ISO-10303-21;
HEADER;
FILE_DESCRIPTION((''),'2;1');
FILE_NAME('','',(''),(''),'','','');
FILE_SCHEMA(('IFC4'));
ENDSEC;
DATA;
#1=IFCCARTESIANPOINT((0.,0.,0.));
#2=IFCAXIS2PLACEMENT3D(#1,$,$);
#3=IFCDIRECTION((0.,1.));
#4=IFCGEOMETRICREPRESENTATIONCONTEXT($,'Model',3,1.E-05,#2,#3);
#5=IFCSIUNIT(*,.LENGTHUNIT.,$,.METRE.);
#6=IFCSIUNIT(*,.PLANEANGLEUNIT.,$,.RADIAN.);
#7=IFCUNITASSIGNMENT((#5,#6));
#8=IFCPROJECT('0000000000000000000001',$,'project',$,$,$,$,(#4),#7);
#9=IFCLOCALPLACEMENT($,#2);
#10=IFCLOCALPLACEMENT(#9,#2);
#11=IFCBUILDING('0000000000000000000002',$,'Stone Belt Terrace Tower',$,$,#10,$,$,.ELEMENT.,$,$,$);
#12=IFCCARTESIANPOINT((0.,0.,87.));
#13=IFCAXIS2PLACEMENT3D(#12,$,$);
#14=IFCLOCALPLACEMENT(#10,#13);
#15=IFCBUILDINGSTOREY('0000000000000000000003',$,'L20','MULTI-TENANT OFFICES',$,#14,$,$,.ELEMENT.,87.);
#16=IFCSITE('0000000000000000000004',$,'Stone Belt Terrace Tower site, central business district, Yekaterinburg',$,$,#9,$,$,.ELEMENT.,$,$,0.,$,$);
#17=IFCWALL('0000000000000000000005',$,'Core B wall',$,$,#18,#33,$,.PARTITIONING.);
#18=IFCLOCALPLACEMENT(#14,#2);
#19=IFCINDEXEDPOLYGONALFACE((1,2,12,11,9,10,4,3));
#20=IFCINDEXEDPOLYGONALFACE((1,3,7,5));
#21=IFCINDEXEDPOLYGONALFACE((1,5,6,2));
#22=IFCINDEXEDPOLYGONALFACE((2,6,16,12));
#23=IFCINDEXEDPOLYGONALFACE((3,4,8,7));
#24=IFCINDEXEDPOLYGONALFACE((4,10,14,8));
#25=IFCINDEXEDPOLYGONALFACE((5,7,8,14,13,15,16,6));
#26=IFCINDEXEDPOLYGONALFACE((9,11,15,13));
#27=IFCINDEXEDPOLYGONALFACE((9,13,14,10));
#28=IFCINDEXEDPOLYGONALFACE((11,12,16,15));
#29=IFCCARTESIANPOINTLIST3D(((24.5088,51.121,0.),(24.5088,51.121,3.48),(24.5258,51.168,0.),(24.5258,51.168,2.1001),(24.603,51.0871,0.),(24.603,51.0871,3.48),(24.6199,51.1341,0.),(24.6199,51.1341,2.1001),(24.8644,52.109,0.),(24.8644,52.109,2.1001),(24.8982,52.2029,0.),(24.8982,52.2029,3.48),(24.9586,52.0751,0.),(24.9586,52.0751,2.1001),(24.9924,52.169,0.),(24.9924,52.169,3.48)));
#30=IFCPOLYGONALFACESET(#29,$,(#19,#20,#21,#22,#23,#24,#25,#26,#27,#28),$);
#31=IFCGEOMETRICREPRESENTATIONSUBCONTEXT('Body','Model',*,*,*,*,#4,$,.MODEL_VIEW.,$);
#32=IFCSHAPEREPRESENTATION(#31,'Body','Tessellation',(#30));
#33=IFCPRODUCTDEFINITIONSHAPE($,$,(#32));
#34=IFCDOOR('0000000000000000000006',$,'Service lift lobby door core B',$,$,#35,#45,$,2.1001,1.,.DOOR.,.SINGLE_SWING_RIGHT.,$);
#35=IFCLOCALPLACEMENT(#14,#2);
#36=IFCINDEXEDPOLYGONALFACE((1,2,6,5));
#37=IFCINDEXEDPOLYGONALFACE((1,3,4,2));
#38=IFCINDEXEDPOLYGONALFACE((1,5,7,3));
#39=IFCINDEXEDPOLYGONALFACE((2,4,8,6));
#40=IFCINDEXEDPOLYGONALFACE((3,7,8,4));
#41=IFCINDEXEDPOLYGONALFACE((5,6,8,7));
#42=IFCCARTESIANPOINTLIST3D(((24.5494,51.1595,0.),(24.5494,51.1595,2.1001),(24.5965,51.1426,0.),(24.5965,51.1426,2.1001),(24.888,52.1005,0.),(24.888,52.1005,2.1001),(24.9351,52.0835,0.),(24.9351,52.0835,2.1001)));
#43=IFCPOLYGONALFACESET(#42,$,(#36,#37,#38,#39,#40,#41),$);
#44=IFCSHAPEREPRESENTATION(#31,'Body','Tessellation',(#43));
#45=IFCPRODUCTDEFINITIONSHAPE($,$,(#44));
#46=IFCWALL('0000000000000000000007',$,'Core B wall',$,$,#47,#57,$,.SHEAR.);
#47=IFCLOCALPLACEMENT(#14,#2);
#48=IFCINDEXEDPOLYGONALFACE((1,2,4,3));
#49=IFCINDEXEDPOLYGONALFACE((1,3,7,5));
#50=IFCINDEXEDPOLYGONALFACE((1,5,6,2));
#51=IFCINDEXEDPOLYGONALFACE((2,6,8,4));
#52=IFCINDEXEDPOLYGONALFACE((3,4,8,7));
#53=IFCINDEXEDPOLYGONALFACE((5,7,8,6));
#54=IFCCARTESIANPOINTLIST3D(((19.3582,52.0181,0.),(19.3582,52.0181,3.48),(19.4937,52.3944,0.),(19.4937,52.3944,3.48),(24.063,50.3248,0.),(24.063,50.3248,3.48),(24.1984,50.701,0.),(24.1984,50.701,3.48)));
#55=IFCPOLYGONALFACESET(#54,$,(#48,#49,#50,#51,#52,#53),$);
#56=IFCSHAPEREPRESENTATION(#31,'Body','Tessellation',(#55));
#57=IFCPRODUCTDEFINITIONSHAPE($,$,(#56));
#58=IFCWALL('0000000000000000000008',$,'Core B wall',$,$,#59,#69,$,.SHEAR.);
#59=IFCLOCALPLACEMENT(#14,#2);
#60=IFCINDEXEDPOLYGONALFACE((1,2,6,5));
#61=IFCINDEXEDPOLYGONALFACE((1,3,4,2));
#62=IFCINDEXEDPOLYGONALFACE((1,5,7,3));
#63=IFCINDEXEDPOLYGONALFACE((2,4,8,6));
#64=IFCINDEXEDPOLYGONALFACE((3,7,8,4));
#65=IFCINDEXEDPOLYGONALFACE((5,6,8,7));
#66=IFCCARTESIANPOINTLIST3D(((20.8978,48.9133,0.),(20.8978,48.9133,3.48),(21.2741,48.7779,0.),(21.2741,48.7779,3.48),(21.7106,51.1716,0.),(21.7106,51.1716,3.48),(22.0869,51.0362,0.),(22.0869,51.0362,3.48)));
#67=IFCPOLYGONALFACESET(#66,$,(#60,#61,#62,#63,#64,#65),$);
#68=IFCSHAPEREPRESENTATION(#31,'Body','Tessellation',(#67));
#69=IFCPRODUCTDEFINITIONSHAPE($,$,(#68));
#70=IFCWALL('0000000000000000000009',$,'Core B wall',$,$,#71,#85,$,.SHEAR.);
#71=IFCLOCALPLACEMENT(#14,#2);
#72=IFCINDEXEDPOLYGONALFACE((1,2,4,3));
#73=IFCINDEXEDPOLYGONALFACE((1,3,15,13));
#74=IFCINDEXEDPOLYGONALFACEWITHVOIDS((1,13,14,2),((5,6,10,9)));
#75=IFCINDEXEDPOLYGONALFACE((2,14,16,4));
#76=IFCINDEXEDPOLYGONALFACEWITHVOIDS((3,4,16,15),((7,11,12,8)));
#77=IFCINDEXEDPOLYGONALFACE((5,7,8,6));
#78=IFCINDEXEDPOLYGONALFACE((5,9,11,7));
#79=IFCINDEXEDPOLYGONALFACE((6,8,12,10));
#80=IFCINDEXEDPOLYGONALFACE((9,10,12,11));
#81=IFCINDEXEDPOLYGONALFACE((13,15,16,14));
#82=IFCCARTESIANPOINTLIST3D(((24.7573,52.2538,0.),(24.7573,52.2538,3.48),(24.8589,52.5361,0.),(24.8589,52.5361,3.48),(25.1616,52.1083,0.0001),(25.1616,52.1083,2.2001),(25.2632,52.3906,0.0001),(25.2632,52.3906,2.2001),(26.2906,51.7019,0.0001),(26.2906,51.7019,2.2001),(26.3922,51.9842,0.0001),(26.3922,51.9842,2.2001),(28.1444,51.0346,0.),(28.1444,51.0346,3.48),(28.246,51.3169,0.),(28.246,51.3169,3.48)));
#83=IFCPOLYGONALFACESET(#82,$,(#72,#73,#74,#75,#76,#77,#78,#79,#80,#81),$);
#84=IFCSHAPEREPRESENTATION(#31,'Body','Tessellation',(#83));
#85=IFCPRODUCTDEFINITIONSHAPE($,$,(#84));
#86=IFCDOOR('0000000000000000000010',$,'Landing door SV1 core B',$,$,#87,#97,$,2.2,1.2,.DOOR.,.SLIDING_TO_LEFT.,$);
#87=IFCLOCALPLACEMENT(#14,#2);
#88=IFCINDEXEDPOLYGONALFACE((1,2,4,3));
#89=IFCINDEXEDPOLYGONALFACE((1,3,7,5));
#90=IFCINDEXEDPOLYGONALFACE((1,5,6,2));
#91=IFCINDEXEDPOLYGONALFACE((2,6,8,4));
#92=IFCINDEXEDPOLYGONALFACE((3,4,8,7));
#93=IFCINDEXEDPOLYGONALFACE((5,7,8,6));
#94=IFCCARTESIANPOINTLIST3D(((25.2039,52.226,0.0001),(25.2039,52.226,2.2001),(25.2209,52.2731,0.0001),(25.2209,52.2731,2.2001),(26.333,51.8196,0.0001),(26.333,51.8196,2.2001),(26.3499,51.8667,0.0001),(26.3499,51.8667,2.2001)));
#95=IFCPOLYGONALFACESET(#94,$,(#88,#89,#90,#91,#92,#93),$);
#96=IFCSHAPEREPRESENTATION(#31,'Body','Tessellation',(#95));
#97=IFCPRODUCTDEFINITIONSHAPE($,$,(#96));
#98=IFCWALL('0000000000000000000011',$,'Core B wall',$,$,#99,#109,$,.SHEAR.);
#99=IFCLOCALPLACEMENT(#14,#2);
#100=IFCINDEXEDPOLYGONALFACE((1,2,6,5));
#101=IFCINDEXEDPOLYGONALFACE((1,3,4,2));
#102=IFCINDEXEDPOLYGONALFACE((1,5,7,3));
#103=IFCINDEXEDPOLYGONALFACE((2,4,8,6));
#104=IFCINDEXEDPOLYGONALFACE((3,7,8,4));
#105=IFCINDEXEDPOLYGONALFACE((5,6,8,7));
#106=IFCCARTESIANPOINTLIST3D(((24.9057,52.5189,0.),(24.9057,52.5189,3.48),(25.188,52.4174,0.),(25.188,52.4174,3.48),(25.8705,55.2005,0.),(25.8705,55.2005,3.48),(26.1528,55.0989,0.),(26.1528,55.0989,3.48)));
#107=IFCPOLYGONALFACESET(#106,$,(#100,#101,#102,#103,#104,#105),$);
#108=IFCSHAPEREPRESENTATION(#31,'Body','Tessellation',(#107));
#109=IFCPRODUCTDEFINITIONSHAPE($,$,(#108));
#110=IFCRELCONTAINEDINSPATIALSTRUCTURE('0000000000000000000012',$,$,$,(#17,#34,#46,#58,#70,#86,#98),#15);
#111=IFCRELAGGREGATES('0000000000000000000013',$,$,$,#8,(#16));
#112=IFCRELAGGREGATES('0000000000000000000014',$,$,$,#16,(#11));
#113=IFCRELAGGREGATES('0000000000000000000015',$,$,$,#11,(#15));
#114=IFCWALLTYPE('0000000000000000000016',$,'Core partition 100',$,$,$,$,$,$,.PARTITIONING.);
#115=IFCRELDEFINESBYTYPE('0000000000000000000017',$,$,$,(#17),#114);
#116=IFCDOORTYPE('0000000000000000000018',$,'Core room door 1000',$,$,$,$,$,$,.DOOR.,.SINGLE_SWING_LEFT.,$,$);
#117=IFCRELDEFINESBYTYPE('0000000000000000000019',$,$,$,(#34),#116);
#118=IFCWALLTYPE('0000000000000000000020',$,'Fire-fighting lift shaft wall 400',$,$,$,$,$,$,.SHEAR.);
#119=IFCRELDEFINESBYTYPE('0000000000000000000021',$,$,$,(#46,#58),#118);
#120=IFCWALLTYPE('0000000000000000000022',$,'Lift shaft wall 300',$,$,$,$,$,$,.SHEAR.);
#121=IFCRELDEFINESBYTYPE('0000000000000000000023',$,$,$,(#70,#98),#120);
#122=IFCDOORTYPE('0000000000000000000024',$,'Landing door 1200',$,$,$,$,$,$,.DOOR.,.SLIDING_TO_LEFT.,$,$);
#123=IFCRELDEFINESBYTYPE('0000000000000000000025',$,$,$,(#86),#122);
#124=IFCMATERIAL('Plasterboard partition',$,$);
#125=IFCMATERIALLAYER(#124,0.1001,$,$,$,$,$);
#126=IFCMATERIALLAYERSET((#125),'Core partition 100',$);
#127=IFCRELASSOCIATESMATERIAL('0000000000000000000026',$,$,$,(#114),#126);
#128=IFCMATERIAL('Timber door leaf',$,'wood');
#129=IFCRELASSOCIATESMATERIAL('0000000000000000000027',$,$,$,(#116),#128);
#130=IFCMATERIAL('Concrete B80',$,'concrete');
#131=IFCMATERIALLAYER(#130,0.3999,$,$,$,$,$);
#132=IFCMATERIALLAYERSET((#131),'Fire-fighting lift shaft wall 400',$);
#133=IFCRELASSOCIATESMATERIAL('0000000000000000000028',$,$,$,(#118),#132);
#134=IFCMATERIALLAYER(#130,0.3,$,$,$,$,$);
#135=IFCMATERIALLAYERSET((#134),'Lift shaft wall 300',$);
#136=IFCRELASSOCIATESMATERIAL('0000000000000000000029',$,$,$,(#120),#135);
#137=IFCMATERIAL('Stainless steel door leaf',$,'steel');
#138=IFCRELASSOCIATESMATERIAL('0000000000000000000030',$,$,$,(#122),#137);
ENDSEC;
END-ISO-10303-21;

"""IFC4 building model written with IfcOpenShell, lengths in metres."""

from ifc_helpers import new_model, si_unit, direction, frame, frame_2d, origin, place, context, subcontext, project, spatial, rectangle, extrude, material, layer, layer_set, type_object, element, fill, save


model = new_model("IFC4")

# Units and contexts
model_context = context("Model", 3, precision=1e-05, world=origin(), true_north=direction((0.0, 1.0)))
body_context = subcontext(model_context, "Body", "Model", "MODEL_VIEW")
ifc_project = project(units=[si_unit("LENGTHUNIT", "METRE"), si_unit("PLANEANGLEUNIT", "RADIAN")], contexts=[model_context])

# Site, building, storey
site_placement = place(None, origin())
site = spatial("IfcSite", under=ifc_project, at=site_placement, Name="Stone Belt Terrace Tower site, central business district, Yekaterinburg", CompositionType="ELEMENT", RefElevation=0.0)
building_placement = place(site_placement, origin())
building = spatial("IfcBuilding", under=site, at=building_placement, Name="Stone Belt Terrace Tower", CompositionType="ELEMENT")
storey_placement = place(building_placement, frame((0.0, 0.0, 87.0)))
storey = spatial("IfcBuildingStorey", under=building, at=storey_placement, Name="L20", Description="MULTI-TENANT OFFICES", CompositionType="ELEMENT", Elevation=87.0)

# Wall, opening, door
ifc_material_1 = material(Name="Plasterboard partition")
ifc_layer_1 = layer(ifc_material_1, 0.1001)
ifc_layer_set_1 = layer_set([ifc_layer_1], Name="Core partition 100")
wall_type_1 = type_object("IfcWallType", Name="Core partition 100", PredefinedType="PARTITIONING", material=ifc_layer_set_1)
wall_1_placement = place(storey_placement, frame((24.5559, 51.104, 0.0), z_axis=(0.0, 0.0, 1.0), x_axis=(0.338622, 0.940923, 0.0)))
wall_1 = element("IfcWall", 1, at=wall_1_placement, inside=storey, type_object=wall_type_1, Name="Core B wall", PredefinedType="PARTITIONING", context=body_context, shape_type="SweptSolid", body=[
    extrude(rectangle(XDim=1.1499, YDim=0.1001, at=frame_2d((0.575, 0.0))), origin(), (0.0, 0.0, 1.0), 3.48),
])
opening_1_placement = place(wall_1_placement, frame((0.05, 0.0, 0.0)))
opening_1 = element("IfcOpeningElement", 2, at=opening_1_placement, cuts=wall_1, PredefinedType="OPENING", context=body_context, shape_type="SweptSolid", body=[
    extrude(rectangle(XDim=1.0, YDim=2.1001, at=frame_2d((0.5, 1.05))), frame((0.0, 0.0601, 0.0), z_axis=(0.0, -1.0, 0.0), x_axis=(1.0, 0.0, 0.0)), (0.0, 0.0, 1.0), 0.1201),
])
ifc_material_2 = material(Name="Timber door leaf", Category="wood")
door_type_1 = type_object("IfcDoorType", Name="Core room door 1000", OperationType="SINGLE_SWING_LEFT", PredefinedType="DOOR", material=ifc_material_2)
door_1_placement = place(opening_1_placement, origin())
door_1 = element("IfcDoor", 3, at=door_1_placement, inside=storey, type_object=door_type_1, Name="Service lift lobby door core B", OperationType="SINGLE_SWING_RIGHT", OverallHeight=2.1001, OverallWidth=1.0, PredefinedType="DOOR", context=body_context, shape_type="SweptSolid", body=[
    extrude(rectangle(XDim=1.0, YDim=2.1001, at=frame_2d((0.5, 1.05))), frame((0.0, 0.0249, 0.0), z_axis=(0.0, -1.0, 0.0), x_axis=(1.0, 0.0, 0.0)), (0.0, 0.0, 1.0), 0.05),
])
fill(opening_1, door_1)

# Walls
ifc_material_3 = material(Name="Concrete B80", Category="concrete")
ifc_layer_2 = layer(ifc_material_3, 0.3999)
ifc_layer_set_2 = layer_set([ifc_layer_2], Name="Fire-fighting lift shaft wall 400")
wall_type_2 = type_object("IfcWallType", Name="Fire-fighting lift shaft wall 400", PredefinedType="SHEAR", material=ifc_layer_set_2)
wall_2_placement = place(storey_placement, frame((24.1306, 50.5129, 0.0), z_axis=(0.0, 0.0, 1.0), x_axis=(-0.940912, 0.338652, 0.0)))
element("IfcWall", 4, at=wall_2_placement, inside=storey, type_object=wall_type_2, Name="Core B wall", PredefinedType="SHEAR", context=body_context, shape_type="SweptSolid", body=[
    extrude(rectangle(XDim=5.0002, YDim=0.3999, at=frame_2d((2.5, 0.0))), origin(), (0.0, 0.0, 1.0), 3.48),
])
wall_3_placement = place(storey_placement, frame((21.0859, 48.8455, 0.0), z_axis=(0.0, 0.0, 1.0), x_axis=(0.338629, 0.94092, 0.0)))
element("IfcWall", 5, at=wall_3_placement, inside=storey, type_object=wall_type_2, Name="Core B wall", PredefinedType="SHEAR", context=body_context, shape_type="SweptSolid", body=[
    extrude(rectangle(XDim=2.4001, YDim=0.3999, at=frame_2d((1.2002, 0.0))), origin(), (0.0, 0.0, 1.0), 3.48),
])

# Wall, opening, door
ifc_layer_3 = layer(ifc_material_3, 0.3)
ifc_layer_set_3 = layer_set([ifc_layer_3], Name="Lift shaft wall 300")
wall_type_3 = type_object("IfcWallType", Name="Lift shaft wall 300", PredefinedType="SHEAR", material=ifc_layer_set_3)
wall_4_placement = place(storey_placement, frame((28.1951, 51.1758, 0.0), z_axis=(0.0, 0.0, 1.0), x_axis=(-0.940901, 0.338681, 0.0)))
wall_4 = element("IfcWall", 6, at=wall_4_placement, inside=storey, type_object=wall_type_3, Name="Core B wall", PredefinedType="SHEAR", context=body_context, shape_type="SweptSolid", body=[
    extrude(rectangle(XDim=3.5999, YDim=0.3, at=frame_2d((1.7998, 0.0))), origin(), (0.0, 0.0, 1.0), 3.48),
])
opening_2_placement = place(wall_4_placement, frame((1.97, 0.0, 0.0)))
opening_2 = element("IfcOpeningElement", 7, at=opening_2_placement, cuts=wall_4, PredefinedType="OPENING", context=body_context, shape_type="SweptSolid", body=[
    extrude(rectangle(XDim=1.2, YDim=2.2, at=frame_2d((0.6001, 1.1001))), frame((0.0, 0.1599, 0.0), z_axis=(0.0, -1.0, 0.0), x_axis=(1.0, 0.0, 0.0)), (0.0, 0.0, 1.0), 0.3201),
])
ifc_material_4 = material(Name="Stainless steel door leaf", Category="steel")
door_type_2 = type_object("IfcDoorType", Name="Landing door 1200", OperationType="SLIDING_TO_LEFT", PredefinedType="DOOR", material=ifc_material_4)
door_2_placement = place(opening_2_placement, origin())
door_2 = element("IfcDoor", 8, at=door_2_placement, inside=storey, type_object=door_type_2, Name="Landing door SV1 core B", OperationType="SLIDING_TO_LEFT", OverallHeight=2.2, OverallWidth=1.2, PredefinedType="DOOR", context=body_context, shape_type="SweptSolid", body=[
    extrude(rectangle(XDim=1.2, YDim=2.2, at=frame_2d((0.6001, 1.1001))), frame((0.0, 0.0249, 0.0), z_axis=(0.0, -1.0, 0.0), x_axis=(1.0, 0.0, 0.0)), (0.0, 0.0, 1.0), 0.05),
])
fill(opening_2, door_2)

# Wall
wall_5_placement = place(storey_placement, frame((25.0469, 52.4683, 0.0), z_axis=(0.0, 0.0, 1.0), x_axis=(0.33855, 0.940949, 0.0)))
element("IfcWall", 9, at=wall_5_placement, inside=storey, type_object=wall_type_3, Name="Core B wall", PredefinedType="SHEAR", context=body_context, shape_type="SweptSolid", body=[
    extrude(rectangle(XDim=2.8499, YDim=0.3, at=frame_2d((1.4248, 0.0))), origin(), (0.0, 0.0, 1.0), 3.48),
])

save(model, "model.ifc")
